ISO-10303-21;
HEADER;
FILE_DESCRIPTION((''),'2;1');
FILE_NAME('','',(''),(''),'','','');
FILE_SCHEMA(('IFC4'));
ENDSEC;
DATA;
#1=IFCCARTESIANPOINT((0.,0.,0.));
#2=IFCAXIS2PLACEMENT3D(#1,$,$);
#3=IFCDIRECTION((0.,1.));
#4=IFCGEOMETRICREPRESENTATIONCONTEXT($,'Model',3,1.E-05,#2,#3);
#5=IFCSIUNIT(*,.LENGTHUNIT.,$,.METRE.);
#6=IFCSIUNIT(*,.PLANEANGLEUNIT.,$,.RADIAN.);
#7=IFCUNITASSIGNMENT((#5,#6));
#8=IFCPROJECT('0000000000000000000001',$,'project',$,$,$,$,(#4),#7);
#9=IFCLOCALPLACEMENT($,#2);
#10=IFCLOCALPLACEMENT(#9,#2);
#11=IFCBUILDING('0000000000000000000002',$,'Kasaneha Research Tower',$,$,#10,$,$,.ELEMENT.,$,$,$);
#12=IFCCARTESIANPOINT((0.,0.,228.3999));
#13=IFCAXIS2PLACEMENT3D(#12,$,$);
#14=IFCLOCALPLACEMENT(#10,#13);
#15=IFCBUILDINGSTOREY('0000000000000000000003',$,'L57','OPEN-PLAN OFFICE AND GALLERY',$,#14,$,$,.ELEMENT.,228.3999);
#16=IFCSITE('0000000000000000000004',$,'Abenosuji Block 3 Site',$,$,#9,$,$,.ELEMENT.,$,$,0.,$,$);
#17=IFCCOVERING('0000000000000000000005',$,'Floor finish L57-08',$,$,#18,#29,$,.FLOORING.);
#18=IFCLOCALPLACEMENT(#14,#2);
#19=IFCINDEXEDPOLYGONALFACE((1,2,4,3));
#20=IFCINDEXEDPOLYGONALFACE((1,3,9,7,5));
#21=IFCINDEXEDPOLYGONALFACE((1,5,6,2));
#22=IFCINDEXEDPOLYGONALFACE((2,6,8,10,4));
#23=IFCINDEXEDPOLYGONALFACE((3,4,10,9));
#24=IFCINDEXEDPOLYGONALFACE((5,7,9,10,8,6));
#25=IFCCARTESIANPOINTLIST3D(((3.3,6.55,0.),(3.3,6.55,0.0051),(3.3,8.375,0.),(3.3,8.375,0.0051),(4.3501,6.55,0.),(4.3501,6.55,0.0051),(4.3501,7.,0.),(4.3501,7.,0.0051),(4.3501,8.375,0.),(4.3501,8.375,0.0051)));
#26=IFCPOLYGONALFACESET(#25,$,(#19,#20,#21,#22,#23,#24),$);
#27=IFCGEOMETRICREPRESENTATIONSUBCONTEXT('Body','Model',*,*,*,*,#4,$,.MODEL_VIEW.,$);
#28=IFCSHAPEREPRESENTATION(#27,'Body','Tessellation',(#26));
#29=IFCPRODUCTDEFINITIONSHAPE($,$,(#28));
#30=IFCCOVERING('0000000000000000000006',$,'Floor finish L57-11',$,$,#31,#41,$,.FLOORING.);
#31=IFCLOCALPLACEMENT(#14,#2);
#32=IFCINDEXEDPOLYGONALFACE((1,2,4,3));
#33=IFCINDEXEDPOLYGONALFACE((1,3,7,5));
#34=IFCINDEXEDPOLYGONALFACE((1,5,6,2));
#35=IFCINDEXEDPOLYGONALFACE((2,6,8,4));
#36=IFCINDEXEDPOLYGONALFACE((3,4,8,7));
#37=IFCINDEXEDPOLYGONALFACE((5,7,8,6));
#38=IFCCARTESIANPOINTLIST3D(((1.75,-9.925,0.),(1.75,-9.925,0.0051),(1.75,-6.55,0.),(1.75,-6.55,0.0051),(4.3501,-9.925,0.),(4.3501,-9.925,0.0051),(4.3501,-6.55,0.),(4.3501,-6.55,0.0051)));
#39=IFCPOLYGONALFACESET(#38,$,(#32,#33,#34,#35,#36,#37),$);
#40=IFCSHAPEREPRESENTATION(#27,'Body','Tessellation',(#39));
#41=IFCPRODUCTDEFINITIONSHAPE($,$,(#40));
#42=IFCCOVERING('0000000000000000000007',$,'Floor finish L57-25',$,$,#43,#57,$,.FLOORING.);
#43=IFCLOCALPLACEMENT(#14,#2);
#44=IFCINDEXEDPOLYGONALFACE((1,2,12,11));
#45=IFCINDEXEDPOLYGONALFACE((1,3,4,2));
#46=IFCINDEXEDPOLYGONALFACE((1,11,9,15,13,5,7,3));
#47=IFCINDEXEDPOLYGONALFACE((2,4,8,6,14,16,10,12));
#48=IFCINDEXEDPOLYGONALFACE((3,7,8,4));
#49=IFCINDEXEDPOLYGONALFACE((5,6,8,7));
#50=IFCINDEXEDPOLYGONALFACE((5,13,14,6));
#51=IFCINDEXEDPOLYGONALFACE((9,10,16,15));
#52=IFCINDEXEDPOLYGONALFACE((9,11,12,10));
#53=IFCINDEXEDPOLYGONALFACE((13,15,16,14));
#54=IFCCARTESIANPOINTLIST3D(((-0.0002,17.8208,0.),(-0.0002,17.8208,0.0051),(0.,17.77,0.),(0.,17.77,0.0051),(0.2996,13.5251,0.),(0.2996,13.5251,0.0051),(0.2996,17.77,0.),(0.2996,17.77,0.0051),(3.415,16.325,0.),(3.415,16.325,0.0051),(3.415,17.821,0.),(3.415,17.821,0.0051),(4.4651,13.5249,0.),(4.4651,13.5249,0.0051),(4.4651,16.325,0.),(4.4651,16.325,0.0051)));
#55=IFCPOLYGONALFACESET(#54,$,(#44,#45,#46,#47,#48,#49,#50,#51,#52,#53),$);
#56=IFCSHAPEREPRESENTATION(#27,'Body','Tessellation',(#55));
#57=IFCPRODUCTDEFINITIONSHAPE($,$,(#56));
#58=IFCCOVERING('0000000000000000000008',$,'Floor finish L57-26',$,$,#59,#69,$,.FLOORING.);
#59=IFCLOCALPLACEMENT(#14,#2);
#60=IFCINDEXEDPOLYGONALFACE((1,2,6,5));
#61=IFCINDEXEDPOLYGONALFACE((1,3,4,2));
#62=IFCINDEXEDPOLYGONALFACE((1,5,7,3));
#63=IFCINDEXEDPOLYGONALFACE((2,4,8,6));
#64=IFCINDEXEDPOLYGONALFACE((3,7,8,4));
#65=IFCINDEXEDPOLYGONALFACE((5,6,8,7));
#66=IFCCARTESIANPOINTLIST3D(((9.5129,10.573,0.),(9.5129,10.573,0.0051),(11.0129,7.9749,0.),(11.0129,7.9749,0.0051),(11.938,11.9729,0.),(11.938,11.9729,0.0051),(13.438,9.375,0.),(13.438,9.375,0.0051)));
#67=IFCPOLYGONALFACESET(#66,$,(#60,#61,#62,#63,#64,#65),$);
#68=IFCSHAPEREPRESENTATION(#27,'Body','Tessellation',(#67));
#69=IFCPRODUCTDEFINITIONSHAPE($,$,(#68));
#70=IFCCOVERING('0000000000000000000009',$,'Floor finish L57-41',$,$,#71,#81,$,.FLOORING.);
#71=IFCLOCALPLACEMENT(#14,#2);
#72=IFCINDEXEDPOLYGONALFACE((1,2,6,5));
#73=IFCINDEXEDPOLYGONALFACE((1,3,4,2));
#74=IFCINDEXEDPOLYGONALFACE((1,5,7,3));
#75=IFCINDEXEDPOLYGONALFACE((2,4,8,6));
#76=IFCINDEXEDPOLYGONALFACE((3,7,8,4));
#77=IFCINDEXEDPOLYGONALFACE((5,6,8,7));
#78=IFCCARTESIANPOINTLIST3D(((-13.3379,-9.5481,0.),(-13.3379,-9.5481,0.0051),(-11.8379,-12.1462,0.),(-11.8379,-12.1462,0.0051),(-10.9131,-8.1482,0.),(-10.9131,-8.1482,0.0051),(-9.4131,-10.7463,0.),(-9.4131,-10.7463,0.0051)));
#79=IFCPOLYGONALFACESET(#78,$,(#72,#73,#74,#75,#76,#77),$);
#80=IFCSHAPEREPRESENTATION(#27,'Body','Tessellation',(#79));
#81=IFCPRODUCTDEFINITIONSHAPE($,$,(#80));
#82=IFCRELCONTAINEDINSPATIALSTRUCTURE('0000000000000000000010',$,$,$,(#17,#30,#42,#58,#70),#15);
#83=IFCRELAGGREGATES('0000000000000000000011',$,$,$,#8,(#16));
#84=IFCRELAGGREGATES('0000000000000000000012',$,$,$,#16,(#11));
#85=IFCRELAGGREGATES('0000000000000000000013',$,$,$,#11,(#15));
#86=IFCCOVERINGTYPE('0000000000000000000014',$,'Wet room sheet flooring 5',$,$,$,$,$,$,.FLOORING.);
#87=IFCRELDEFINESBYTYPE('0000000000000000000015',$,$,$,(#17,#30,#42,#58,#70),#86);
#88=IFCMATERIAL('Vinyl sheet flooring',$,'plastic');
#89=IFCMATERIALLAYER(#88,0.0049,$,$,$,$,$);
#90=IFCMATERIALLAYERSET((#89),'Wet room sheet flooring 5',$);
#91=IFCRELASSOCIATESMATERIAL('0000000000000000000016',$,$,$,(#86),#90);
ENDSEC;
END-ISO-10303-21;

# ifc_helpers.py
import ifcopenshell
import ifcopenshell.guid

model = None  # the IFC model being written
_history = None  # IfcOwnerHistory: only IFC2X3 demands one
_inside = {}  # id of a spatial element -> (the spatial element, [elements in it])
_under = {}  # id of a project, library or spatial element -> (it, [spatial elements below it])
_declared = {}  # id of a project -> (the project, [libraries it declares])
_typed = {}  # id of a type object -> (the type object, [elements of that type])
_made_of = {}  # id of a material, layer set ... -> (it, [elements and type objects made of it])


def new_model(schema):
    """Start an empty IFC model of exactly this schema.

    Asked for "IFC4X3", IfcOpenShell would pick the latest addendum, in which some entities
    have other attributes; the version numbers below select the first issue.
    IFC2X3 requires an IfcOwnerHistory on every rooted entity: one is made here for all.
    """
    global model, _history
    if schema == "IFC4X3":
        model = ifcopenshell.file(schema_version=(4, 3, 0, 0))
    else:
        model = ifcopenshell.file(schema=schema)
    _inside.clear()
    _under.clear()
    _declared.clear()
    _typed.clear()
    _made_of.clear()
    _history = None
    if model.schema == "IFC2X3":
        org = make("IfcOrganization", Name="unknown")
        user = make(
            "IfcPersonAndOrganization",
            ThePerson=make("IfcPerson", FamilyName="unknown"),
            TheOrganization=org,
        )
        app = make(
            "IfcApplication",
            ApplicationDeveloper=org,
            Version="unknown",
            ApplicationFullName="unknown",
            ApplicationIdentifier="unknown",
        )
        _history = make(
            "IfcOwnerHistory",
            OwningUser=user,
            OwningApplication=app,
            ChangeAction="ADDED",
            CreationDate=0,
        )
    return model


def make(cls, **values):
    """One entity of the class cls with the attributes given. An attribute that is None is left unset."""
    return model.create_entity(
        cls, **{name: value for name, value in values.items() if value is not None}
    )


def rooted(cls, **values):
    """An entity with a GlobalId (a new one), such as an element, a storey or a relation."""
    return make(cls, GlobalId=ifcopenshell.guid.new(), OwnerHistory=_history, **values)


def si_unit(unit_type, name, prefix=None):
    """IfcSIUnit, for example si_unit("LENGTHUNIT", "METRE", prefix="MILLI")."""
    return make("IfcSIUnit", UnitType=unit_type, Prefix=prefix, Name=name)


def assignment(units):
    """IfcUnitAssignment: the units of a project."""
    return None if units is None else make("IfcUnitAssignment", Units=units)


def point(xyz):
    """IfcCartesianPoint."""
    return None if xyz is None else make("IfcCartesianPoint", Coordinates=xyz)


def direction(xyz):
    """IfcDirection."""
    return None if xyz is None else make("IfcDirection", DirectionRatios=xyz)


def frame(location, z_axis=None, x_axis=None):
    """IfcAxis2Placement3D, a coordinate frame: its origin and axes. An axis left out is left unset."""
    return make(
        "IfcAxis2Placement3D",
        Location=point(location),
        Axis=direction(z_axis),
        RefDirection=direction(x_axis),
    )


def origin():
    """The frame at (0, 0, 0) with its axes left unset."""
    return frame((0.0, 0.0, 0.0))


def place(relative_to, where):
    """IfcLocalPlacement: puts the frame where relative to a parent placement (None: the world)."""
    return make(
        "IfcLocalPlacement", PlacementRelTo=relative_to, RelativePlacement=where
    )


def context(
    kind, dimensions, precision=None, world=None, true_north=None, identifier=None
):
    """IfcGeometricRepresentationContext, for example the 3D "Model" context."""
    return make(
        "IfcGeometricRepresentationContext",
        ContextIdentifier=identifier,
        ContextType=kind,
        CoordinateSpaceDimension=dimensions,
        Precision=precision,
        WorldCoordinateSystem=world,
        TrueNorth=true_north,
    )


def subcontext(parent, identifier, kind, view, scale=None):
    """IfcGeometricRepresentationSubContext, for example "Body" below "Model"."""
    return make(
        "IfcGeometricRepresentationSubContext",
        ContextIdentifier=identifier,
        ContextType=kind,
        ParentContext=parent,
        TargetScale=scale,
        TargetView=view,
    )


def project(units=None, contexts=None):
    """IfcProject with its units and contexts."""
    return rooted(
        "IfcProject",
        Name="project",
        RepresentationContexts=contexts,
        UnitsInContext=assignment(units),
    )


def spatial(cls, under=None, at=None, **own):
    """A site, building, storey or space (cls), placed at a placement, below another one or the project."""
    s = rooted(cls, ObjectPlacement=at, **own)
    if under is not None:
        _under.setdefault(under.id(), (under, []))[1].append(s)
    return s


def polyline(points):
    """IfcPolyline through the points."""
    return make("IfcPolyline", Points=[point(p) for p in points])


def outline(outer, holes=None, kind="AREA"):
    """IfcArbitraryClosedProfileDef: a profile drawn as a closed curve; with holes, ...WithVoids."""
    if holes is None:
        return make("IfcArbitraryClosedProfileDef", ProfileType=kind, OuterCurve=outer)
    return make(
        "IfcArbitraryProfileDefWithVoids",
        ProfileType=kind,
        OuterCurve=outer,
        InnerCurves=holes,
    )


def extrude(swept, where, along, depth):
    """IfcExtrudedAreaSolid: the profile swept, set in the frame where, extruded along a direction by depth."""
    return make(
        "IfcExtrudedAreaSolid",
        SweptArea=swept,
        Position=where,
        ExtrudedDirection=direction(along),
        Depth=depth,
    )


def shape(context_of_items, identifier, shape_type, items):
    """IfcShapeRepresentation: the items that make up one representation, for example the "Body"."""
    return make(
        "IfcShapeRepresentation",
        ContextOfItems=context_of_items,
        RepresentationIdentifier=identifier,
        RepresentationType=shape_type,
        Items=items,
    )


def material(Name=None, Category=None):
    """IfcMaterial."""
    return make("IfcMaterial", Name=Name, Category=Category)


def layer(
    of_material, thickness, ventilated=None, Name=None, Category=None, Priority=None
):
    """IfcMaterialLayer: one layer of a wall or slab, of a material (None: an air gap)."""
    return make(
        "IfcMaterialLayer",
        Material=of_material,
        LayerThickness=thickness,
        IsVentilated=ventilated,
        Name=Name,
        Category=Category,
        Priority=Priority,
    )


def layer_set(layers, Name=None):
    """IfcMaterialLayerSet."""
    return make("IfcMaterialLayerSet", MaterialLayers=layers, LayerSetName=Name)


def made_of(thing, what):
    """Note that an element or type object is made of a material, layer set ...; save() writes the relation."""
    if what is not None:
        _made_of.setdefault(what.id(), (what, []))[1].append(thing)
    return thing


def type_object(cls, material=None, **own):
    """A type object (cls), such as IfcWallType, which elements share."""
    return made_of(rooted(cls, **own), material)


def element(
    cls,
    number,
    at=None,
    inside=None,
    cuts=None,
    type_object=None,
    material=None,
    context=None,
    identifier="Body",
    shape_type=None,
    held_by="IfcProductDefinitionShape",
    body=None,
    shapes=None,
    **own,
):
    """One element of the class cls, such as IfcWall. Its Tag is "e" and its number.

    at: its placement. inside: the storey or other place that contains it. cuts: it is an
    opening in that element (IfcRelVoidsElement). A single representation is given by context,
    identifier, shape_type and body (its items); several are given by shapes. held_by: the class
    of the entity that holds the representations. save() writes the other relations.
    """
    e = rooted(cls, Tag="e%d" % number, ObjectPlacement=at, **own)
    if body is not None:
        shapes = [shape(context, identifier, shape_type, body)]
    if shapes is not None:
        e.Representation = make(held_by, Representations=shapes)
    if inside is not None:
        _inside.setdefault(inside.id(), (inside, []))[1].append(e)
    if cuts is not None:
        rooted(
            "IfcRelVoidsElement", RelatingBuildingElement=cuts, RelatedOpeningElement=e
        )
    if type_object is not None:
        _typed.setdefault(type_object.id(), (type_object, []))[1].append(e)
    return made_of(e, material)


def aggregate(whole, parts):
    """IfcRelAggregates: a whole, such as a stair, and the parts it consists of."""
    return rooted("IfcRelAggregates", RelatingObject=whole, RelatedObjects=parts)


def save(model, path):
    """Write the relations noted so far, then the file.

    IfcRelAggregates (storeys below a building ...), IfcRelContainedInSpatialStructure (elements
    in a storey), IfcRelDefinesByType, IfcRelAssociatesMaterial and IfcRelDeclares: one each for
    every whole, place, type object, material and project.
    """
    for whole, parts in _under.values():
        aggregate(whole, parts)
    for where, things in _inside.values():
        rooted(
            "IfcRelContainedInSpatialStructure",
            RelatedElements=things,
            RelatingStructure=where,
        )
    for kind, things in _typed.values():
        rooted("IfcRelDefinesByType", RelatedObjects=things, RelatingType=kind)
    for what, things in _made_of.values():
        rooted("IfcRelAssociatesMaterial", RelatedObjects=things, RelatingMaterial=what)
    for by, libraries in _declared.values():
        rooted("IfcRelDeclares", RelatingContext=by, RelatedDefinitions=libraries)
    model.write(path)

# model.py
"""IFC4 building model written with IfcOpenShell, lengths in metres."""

from ifc_helpers import new_model, si_unit, direction, frame, origin, place, context, subcontext, project, spatial, polyline, outline, extrude, material, layer, layer_set, type_object, element, save


model = new_model("IFC4")

# Units and contexts
model_context = context("Model", 3, precision=1e-05, world=origin(), true_north=direction((0.0, 1.0)))
body_context = subcontext(model_context, "Body", "Model", "MODEL_VIEW")
ifc_project = project(units=[si_unit("LENGTHUNIT", "METRE"), si_unit("PLANEANGLEUNIT", "RADIAN")], contexts=[model_context])

# Site, building, storey
site_placement = place(None, origin())
site = spatial("IfcSite", under=ifc_project, at=site_placement, Name="Abenosuji Block 3 Site", CompositionType="ELEMENT", RefElevation=0.0)
building_placement = place(site_placement, origin())
building = spatial("IfcBuilding", under=site, at=building_placement, Name="Kasaneha Research Tower", CompositionType="ELEMENT")
storey_placement = place(building_placement, frame((0.0, 0.0, 228.3999)))
storey = spatial("IfcBuildingStorey", under=building, at=storey_placement, Name="L57", Description="OPEN-PLAN OFFICE AND GALLERY", CompositionType="ELEMENT", Elevation=228.3999)

# Coverings
ifc_material_1 = material(Name="Vinyl sheet flooring", Category="plastic")
ifc_layer_1 = layer(ifc_material_1, 0.0049)
ifc_layer_set_1 = layer_set([ifc_layer_1], Name="Wet room sheet flooring 5")
covering_type_1 = type_object("IfcCoveringType", Name="Wet room sheet flooring 5", PredefinedType="FLOORING", material=ifc_layer_set_1)
covering_1_placement = place(storey_placement, origin())
element("IfcCovering", 1, at=covering_1_placement, inside=storey, type_object=covering_type_1, Name="Floor finish L57-08", PredefinedType="FLOORING", context=body_context, shape_type="SweptSolid", body=[
    extrude(outline(polyline([(3.3, 6.55), (3.3, 8.375), (4.3501, 8.375), (4.3501, 7.0), (4.3501, 6.55), (3.3, 6.55)])), origin(), (0.0, 0.0, 1.0), 0.0051),
])
covering_2_placement = place(storey_placement, origin())
element("IfcCovering", 2, at=covering_2_placement, inside=storey, type_object=covering_type_1, Name="Floor finish L57-11", PredefinedType="FLOORING", context=body_context, shape_type="SweptSolid", body=[
    extrude(outline(polyline([(1.75, -9.925), (1.75, -6.55), (4.3501, -6.55), (4.3501, -9.925), (1.75, -9.925)])), origin(), (0.0, 0.0, 1.0), 0.0051),
])
covering_3_placement = place(storey_placement, origin())
element("IfcCovering", 3, at=covering_3_placement, inside=storey, type_object=covering_type_1, Name="Floor finish L57-25", PredefinedType="FLOORING", context=body_context, shape_type="SweptSolid", body=[
    extrude(outline(polyline([(4.4651, 16.325), (4.4651, 13.5249), (0.2996, 13.5251), (0.2996, 17.77), (0.0, 17.77), (-0.0002, 17.8208), (3.415, 17.821), (3.415, 16.325), (4.4651, 16.325)])), origin(), (0.0, 0.0, 1.0), 0.0051),
])
covering_4_placement = place(storey_placement, origin())
element("IfcCovering", 4, at=covering_4_placement, inside=storey, type_object=covering_type_1, Name="Floor finish L57-26", PredefinedType="FLOORING", context=body_context, shape_type="SweptSolid", body=[
    extrude(outline(polyline([(11.938, 11.9729), (13.438, 9.375), (11.0129, 7.9749), (9.5129, 10.573), (11.938, 11.9729)])), origin(), (0.0, 0.0, 1.0), 0.0051),
])
covering_5_placement = place(storey_placement, origin())
element("IfcCovering", 5, at=covering_5_placement, inside=storey, type_object=covering_type_1, Name="Floor finish L57-41", PredefinedType="FLOORING", context=body_context, shape_type="SweptSolid", body=[
    extrude(outline(polyline([(-11.8379, -12.1462), (-13.3379, -9.5481), (-10.9131, -8.1482), (-9.4131, -10.7463), (-11.8379, -12.1462)])), origin(), (0.0, 0.0, 1.0), 0.0051),
])

save(model, "model.ifc")
